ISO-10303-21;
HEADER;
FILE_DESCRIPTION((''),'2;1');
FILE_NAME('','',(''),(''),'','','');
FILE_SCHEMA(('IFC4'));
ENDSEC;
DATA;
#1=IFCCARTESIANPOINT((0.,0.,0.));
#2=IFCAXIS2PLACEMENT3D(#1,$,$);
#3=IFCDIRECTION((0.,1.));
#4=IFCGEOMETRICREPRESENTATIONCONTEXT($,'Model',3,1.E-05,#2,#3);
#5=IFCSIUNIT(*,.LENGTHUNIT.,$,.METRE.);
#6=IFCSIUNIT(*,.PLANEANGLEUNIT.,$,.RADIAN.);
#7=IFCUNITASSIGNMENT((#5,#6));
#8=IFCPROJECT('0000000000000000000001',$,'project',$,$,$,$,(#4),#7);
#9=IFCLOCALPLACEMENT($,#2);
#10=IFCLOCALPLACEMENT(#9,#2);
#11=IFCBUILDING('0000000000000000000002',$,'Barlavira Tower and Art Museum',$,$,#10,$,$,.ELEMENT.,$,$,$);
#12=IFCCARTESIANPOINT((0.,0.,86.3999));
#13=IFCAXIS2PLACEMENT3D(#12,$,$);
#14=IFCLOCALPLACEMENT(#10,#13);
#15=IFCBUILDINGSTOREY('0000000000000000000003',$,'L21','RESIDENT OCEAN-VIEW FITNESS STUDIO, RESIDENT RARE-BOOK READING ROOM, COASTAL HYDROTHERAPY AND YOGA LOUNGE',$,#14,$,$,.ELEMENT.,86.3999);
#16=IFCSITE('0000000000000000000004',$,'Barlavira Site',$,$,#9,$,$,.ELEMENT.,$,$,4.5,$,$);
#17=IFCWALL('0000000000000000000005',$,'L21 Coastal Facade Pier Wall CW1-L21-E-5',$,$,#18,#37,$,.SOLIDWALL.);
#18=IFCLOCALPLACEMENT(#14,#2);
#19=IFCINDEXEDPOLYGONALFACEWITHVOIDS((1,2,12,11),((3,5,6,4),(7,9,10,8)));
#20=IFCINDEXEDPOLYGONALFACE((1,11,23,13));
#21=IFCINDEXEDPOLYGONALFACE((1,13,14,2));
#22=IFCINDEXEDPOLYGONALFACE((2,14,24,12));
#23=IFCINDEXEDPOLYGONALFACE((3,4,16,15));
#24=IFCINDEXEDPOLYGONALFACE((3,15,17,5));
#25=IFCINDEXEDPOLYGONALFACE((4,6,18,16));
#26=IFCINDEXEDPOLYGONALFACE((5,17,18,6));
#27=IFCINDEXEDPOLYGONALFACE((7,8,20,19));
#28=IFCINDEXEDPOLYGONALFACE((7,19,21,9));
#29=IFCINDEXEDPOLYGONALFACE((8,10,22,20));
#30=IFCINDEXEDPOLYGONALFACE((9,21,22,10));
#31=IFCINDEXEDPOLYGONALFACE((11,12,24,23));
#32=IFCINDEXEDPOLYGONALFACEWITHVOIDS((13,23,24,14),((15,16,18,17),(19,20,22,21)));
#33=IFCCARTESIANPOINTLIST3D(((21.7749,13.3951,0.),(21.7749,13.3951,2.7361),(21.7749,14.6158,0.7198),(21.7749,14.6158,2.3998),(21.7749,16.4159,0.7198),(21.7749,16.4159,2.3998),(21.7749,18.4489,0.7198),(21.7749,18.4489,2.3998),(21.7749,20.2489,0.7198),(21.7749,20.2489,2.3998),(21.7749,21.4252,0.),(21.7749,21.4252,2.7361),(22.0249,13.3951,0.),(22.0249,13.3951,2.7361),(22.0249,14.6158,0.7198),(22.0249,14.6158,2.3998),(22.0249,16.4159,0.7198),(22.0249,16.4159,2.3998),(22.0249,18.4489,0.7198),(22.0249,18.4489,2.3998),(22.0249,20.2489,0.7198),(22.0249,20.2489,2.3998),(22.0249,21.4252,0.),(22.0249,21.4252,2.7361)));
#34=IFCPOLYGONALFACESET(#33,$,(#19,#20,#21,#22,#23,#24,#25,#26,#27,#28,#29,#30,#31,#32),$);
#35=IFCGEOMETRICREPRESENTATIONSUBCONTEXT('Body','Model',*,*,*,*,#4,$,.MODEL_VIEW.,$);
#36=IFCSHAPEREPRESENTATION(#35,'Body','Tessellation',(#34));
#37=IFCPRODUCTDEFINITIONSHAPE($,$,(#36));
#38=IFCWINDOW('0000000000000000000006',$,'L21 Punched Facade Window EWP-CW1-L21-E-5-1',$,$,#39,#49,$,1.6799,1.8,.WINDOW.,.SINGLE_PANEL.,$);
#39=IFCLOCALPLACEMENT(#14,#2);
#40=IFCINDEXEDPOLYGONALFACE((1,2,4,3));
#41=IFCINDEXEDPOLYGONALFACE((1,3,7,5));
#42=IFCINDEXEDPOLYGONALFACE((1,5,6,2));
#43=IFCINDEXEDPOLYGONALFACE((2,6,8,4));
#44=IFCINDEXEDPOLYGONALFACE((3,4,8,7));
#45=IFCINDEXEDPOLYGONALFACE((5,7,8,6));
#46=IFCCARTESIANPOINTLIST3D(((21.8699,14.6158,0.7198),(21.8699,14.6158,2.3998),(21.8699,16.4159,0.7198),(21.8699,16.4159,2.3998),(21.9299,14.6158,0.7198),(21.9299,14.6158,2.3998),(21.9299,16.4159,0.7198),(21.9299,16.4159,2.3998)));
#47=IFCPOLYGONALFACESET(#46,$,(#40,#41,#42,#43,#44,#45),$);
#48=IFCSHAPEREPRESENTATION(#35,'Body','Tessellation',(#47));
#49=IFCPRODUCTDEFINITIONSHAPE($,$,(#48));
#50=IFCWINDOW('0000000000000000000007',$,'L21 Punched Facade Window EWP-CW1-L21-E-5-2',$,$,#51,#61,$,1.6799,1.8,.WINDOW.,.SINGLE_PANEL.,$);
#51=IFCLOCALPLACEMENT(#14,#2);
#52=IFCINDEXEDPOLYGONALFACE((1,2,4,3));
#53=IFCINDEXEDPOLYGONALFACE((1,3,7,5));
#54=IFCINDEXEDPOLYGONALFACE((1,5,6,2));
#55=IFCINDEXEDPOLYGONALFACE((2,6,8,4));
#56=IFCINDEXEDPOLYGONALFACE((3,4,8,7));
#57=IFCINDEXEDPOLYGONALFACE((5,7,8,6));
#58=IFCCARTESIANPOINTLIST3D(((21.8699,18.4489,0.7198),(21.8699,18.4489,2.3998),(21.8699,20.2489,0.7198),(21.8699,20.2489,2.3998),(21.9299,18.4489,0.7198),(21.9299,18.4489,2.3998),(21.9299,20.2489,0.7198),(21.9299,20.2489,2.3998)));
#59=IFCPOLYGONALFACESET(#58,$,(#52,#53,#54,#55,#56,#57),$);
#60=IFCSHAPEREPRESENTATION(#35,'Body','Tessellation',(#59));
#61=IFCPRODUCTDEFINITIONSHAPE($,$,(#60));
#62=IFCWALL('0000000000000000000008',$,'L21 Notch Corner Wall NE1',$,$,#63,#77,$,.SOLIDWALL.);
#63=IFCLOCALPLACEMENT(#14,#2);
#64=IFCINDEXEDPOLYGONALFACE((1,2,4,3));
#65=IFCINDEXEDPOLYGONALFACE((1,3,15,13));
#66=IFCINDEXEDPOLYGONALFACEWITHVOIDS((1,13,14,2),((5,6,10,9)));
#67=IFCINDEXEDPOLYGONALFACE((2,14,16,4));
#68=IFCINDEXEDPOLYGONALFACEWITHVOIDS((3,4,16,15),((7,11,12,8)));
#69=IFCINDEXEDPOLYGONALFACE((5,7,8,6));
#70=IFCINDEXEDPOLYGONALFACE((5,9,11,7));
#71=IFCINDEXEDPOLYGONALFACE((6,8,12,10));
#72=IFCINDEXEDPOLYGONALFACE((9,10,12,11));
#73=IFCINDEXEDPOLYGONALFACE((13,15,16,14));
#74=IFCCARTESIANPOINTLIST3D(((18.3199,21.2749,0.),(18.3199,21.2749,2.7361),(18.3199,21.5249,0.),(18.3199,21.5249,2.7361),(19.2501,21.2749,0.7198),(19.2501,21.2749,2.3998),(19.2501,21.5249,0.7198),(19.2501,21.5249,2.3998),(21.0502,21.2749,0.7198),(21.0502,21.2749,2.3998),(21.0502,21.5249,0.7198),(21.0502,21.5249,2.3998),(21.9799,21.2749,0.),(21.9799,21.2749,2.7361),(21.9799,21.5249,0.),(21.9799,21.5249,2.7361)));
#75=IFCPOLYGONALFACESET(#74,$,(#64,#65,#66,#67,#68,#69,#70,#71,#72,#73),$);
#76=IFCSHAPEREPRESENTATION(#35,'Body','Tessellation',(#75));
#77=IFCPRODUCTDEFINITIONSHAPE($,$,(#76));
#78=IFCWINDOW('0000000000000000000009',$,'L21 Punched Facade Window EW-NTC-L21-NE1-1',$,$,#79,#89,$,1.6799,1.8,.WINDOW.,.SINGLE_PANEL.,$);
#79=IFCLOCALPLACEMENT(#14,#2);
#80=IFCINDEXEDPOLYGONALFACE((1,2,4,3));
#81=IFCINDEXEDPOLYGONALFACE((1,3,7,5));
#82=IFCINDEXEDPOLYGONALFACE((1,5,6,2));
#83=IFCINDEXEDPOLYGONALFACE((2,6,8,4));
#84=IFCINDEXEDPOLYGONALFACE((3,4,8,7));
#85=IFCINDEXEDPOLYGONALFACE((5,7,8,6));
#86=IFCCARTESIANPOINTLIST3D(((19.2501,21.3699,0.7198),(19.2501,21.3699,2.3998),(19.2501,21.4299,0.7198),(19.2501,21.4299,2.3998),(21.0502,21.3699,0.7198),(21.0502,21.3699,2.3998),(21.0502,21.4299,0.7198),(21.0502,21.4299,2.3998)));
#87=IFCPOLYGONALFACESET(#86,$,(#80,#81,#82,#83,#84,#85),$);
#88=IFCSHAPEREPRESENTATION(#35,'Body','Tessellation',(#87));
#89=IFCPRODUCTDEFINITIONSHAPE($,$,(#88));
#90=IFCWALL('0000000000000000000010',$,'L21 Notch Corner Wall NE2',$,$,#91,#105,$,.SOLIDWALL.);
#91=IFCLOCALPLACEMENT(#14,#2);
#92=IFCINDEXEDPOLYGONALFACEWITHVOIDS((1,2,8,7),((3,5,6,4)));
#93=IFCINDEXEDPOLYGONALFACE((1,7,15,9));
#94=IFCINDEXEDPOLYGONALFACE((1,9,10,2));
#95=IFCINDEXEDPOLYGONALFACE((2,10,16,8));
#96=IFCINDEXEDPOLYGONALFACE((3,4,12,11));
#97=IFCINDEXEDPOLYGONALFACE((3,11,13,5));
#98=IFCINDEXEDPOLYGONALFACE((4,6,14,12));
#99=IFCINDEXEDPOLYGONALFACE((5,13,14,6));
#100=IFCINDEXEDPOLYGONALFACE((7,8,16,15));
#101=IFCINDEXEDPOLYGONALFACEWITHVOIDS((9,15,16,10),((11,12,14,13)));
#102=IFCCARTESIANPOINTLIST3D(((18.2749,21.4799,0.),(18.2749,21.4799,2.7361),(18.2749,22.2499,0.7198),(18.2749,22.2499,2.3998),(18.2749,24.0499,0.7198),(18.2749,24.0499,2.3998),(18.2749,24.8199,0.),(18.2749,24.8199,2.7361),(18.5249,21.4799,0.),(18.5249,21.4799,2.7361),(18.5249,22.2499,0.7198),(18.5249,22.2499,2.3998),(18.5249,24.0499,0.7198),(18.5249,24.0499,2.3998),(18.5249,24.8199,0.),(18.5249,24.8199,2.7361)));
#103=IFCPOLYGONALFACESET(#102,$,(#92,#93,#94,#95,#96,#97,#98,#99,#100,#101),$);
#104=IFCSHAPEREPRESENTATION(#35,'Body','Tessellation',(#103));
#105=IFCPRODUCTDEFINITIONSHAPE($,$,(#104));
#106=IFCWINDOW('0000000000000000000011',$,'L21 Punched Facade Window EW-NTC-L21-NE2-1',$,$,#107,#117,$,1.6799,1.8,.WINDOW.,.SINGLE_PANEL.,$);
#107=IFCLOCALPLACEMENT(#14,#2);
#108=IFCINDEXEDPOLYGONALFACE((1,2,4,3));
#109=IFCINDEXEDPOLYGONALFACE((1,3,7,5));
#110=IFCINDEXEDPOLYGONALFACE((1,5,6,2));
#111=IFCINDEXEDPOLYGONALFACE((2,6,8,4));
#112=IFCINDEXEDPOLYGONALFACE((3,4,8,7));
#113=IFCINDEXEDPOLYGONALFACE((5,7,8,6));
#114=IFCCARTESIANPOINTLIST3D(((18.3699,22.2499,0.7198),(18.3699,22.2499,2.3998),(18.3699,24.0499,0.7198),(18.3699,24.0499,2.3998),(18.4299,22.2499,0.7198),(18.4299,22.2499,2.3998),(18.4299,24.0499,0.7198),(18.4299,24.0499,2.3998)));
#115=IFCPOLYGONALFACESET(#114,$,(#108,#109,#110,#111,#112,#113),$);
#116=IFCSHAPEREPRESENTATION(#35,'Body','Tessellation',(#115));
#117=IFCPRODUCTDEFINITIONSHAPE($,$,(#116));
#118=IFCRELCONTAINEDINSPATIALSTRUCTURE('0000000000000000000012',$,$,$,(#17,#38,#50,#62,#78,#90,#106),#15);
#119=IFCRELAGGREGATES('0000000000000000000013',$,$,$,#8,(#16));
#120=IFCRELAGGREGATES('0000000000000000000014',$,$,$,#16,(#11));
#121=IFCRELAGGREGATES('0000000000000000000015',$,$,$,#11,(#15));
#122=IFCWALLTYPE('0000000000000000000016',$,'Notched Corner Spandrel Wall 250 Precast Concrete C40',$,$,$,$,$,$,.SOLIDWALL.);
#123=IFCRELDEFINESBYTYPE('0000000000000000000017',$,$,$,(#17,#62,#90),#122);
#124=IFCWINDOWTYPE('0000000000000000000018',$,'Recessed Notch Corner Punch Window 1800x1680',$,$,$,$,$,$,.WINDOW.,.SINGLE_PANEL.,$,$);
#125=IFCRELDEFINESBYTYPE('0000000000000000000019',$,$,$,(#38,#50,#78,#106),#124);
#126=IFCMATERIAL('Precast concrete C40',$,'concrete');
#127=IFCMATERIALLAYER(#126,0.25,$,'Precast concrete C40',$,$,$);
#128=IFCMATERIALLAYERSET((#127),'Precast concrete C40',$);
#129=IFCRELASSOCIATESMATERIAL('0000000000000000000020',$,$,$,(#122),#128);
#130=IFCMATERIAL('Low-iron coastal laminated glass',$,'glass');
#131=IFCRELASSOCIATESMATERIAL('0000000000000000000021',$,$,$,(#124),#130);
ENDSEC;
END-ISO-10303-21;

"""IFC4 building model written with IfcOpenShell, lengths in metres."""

from ifc_helpers import new_model, si_unit, direction, frame, frame_2d, origin, place, context, subcontext, project, spatial, rectangle, extrude, material, layer, layer_set, type_object, element, fill, save


model = new_model("IFC4")

# Units and contexts
model_context = context("Model", 3, precision=1e-05, world=origin(), true_north=direction((0.0, 1.0)))
body_context = subcontext(model_context, "Body", "Model", "MODEL_VIEW")
ifc_project = project(units=[si_unit("LENGTHUNIT", "METRE"), si_unit("PLANEANGLEUNIT", "RADIAN")], contexts=[model_context])

# Site, building, storey
site_placement = place(None, origin())
site = spatial("IfcSite", under=ifc_project, at=site_placement, Name="Barlavira Site", CompositionType="ELEMENT", RefElevation=4.5)
building_placement = place(site_placement, origin())
building = spatial("IfcBuilding", under=site, at=building_placement, Name="Barlavira Tower and Art Museum", CompositionType="ELEMENT")
storey_placement = place(building_placement, frame((0.0, 0.0, 86.3999)))
storey = spatial("IfcBuildingStorey", under=building, at=storey_placement, Name="L21", Description="RESIDENT OCEAN-VIEW FITNESS STUDIO, RESIDENT RARE-BOOK READING ROOM, COASTAL HYDROTHERAPY AND YOGA LOUNGE", CompositionType="ELEMENT", Elevation=86.3999)

# Shared definitions
ifc_material_1 = material(Name="Precast concrete C40", Category="concrete")
ifc_layer_1 = layer(ifc_material_1, 0.25, Name="Precast concrete C40")
ifc_layer_set_1 = layer_set([ifc_layer_1], Name="Precast concrete C40")
wall_type_1 = type_object("IfcWallType", Name="Notched Corner Spandrel Wall 250 Precast Concrete C40", PredefinedType="SOLIDWALL", material=ifc_layer_set_1)
ifc_material_2 = material(Name="Low-iron coastal laminated glass", Category="glass")
window_type = type_object("IfcWindowType", Name="Recessed Notch Corner Punch Window 1800x1680", PartitioningType="SINGLE_PANEL", PredefinedType="WINDOW", material=ifc_material_2)

# Wall, openings, windows
wall_1_placement = place(storey_placement, frame((21.8999, 13.395, 0.0), z_axis=(0.0, 0.0, 1.0), x_axis=(0.0, 1.0, 0.0)))
wall_1 = element("IfcWall", 1, at=wall_1_placement, inside=storey, type_object=wall_type_1, Name="L21 Coastal Facade Pier Wall CW1-L21-E-5", PredefinedType="SOLIDWALL", context=body_context, shape_type="SweptSolid", body=[
    extrude(rectangle(XDim=8.03, YDim=0.25, at=frame_2d((4.0151, 0.0))), origin(), (0.0, 0.0, 1.0), 2.7361),
])
opening_1_placement = place(wall_1_placement, frame((1.2209, 0.0, 0.72)))
opening_1 = element("IfcOpeningElement", 2, at=opening_1_placement, cuts=wall_1, PredefinedType="OPENING", context=body_context, shape_type="SweptSolid", body=[
    extrude(rectangle(XDim=1.8, YDim=1.6799, at=frame_2d((0.8999, 0.8398))), frame((0.0, 0.135, 0.0), z_axis=(0.0, -1.0, 0.0), x_axis=(1.0, 0.0, 0.0)), (0.0, 0.0, 1.0), 0.27),
])
opening_2_placement = place(wall_1_placement, frame((5.054, 0.0, 0.72)))
opening_2 = element("IfcOpeningElement", 3, at=opening_2_placement, cuts=wall_1, PredefinedType="OPENING", context=body_context, shape_type="SweptSolid", body=[
    extrude(rectangle(XDim=1.8, YDim=1.6799, at=frame_2d((0.8999, 0.8398))), frame((0.0, 0.135, 0.0), z_axis=(0.0, -1.0, 0.0), x_axis=(1.0, 0.0, 0.0)), (0.0, 0.0, 1.0), 0.27),
])
window_1_placement = place(opening_1_placement, origin())
window_1 = element("IfcWindow", 4, at=window_1_placement, inside=storey, type_object=window_type, Name="L21 Punched Facade Window EWP-CW1-L21-E-5-1", OverallHeight=1.6799, OverallWidth=1.8, PartitioningType="SINGLE_PANEL", PredefinedType="WINDOW", context=body_context, shape_type="SweptSolid", body=[
    extrude(rectangle(XDim=1.8, YDim=1.6799, at=frame_2d((0.8999, 0.8398))), frame((0.0, 0.03, 0.0), z_axis=(0.0, -1.0, 0.0), x_axis=(1.0, 0.0, 0.0)), (0.0, 0.0, 1.0), 0.0601),
])
fill(opening_1, window_1)
window_2_placement = place(opening_2_placement, origin())
window_2 = element("IfcWindow", 5, at=window_2_placement, inside=storey, type_object=window_type, Name="L21 Punched Facade Window EWP-CW1-L21-E-5-2", OverallHeight=1.6799, OverallWidth=1.8, PartitioningType="SINGLE_PANEL", PredefinedType="WINDOW", context=body_context, shape_type="SweptSolid", body=[
    extrude(rectangle(XDim=1.8, YDim=1.6799, at=frame_2d((0.8999, 0.8398))), frame((0.0, 0.03, 0.0), z_axis=(0.0, -1.0, 0.0), x_axis=(1.0, 0.0, 0.0)), (0.0, 0.0, 1.0), 0.0601),
])
fill(opening_2, window_2)

# Walls, openings, windows
wall_2_placement = place(storey_placement, frame((21.98, 21.3999, 0.0), z_axis=(0.0, 0.0, 1.0), x_axis=(-1.0, 0.0, 0.0)))
wall_2 = element("IfcWall", 6, at=wall_2_placement, inside=storey, type_object=wall_type_1, Name="L21 Notch Corner Wall NE1", PredefinedType="SOLIDWALL", context=body_context, shape_type="SweptSolid", body=[
    extrude(rectangle(XDim=3.6599, YDim=0.25, at=frame_2d((1.8301, 0.0))), origin(), (0.0, 0.0, 1.0), 2.7361),
])
opening_3_placement = place(wall_2_placement, frame((0.9299, 0.0, 0.72)))
opening_3 = element("IfcOpeningElement", 7, at=opening_3_placement, cuts=wall_2, PredefinedType="OPENING", context=body_context, shape_type="SweptSolid", body=[
    extrude(rectangle(XDim=1.8, YDim=1.6799, at=frame_2d((0.8999, 0.8398))), frame((0.0, 0.135, 0.0), z_axis=(0.0, -1.0, 0.0), x_axis=(1.0, 0.0, 0.0)), (0.0, 0.0, 1.0), 0.27),
])
window_3_placement = place(opening_3_placement, origin())
window_3 = element("IfcWindow", 8, at=window_3_placement, inside=storey, type_object=window_type, Name="L21 Punched Facade Window EW-NTC-L21-NE1-1", OverallHeight=1.6799, OverallWidth=1.8, PartitioningType="SINGLE_PANEL", PredefinedType="WINDOW", context=body_context, shape_type="SweptSolid", body=[
    extrude(rectangle(XDim=1.8, YDim=1.6799, at=frame_2d((0.8999, 0.8398))), frame((0.0, 0.03, 0.0), z_axis=(0.0, -1.0, 0.0), x_axis=(1.0, 0.0, 0.0)), (0.0, 0.0, 1.0), 0.0601),
])
fill(opening_3, window_3)
wall_3_placement = place(storey_placement, frame((18.3999, 21.48, 0.0), z_axis=(0.0, 0.0, 1.0), x_axis=(0.0, 1.0, 0.0)))
wall_3 = element("IfcWall", 9, at=wall_3_placement, inside=storey, type_object=wall_type_1, Name="L21 Notch Corner Wall NE2", PredefinedType="SOLIDWALL", context=body_context, shape_type="SweptSolid", body=[
    extrude(rectangle(XDim=3.3401, YDim=0.25, at=frame_2d((1.6699, 0.0))), origin(), (0.0, 0.0, 1.0), 2.7361),
])
opening_4_placement = place(wall_3_placement, frame((0.77, 0.0, 0.72)))
opening_4 = element("IfcOpeningElement", 10, at=opening_4_placement, cuts=wall_3, PredefinedType="OPENING", context=body_context, shape_type="SweptSolid", body=[
    extrude(rectangle(XDim=1.8, YDim=1.6799, at=frame_2d((0.8999, 0.8398))), frame((0.0, 0.135, 0.0), z_axis=(0.0, -1.0, 0.0), x_axis=(1.0, 0.0, 0.0)), (0.0, 0.0, 1.0), 0.27),
])
window_4_placement = place(opening_4_placement, origin())
window_4 = element("IfcWindow", 11, at=window_4_placement, inside=storey, type_object=window_type, Name="L21 Punched Facade Window EW-NTC-L21-NE2-1", OverallHeight=1.6799, OverallWidth=1.8, PartitioningType="SINGLE_PANEL", PredefinedType="WINDOW", context=body_context, shape_type="SweptSolid", body=[
    extrude(rectangle(XDim=1.8, YDim=1.6799, at=frame_2d((0.8999, 0.8398))), frame((0.0, 0.03, 0.0), z_axis=(0.0, -1.0, 0.0), x_axis=(1.0, 0.0, 0.0)), (0.0, 0.0, 1.0), 0.0601),
])
fill(opening_4, window_4)

save(model, "model.ifc")
